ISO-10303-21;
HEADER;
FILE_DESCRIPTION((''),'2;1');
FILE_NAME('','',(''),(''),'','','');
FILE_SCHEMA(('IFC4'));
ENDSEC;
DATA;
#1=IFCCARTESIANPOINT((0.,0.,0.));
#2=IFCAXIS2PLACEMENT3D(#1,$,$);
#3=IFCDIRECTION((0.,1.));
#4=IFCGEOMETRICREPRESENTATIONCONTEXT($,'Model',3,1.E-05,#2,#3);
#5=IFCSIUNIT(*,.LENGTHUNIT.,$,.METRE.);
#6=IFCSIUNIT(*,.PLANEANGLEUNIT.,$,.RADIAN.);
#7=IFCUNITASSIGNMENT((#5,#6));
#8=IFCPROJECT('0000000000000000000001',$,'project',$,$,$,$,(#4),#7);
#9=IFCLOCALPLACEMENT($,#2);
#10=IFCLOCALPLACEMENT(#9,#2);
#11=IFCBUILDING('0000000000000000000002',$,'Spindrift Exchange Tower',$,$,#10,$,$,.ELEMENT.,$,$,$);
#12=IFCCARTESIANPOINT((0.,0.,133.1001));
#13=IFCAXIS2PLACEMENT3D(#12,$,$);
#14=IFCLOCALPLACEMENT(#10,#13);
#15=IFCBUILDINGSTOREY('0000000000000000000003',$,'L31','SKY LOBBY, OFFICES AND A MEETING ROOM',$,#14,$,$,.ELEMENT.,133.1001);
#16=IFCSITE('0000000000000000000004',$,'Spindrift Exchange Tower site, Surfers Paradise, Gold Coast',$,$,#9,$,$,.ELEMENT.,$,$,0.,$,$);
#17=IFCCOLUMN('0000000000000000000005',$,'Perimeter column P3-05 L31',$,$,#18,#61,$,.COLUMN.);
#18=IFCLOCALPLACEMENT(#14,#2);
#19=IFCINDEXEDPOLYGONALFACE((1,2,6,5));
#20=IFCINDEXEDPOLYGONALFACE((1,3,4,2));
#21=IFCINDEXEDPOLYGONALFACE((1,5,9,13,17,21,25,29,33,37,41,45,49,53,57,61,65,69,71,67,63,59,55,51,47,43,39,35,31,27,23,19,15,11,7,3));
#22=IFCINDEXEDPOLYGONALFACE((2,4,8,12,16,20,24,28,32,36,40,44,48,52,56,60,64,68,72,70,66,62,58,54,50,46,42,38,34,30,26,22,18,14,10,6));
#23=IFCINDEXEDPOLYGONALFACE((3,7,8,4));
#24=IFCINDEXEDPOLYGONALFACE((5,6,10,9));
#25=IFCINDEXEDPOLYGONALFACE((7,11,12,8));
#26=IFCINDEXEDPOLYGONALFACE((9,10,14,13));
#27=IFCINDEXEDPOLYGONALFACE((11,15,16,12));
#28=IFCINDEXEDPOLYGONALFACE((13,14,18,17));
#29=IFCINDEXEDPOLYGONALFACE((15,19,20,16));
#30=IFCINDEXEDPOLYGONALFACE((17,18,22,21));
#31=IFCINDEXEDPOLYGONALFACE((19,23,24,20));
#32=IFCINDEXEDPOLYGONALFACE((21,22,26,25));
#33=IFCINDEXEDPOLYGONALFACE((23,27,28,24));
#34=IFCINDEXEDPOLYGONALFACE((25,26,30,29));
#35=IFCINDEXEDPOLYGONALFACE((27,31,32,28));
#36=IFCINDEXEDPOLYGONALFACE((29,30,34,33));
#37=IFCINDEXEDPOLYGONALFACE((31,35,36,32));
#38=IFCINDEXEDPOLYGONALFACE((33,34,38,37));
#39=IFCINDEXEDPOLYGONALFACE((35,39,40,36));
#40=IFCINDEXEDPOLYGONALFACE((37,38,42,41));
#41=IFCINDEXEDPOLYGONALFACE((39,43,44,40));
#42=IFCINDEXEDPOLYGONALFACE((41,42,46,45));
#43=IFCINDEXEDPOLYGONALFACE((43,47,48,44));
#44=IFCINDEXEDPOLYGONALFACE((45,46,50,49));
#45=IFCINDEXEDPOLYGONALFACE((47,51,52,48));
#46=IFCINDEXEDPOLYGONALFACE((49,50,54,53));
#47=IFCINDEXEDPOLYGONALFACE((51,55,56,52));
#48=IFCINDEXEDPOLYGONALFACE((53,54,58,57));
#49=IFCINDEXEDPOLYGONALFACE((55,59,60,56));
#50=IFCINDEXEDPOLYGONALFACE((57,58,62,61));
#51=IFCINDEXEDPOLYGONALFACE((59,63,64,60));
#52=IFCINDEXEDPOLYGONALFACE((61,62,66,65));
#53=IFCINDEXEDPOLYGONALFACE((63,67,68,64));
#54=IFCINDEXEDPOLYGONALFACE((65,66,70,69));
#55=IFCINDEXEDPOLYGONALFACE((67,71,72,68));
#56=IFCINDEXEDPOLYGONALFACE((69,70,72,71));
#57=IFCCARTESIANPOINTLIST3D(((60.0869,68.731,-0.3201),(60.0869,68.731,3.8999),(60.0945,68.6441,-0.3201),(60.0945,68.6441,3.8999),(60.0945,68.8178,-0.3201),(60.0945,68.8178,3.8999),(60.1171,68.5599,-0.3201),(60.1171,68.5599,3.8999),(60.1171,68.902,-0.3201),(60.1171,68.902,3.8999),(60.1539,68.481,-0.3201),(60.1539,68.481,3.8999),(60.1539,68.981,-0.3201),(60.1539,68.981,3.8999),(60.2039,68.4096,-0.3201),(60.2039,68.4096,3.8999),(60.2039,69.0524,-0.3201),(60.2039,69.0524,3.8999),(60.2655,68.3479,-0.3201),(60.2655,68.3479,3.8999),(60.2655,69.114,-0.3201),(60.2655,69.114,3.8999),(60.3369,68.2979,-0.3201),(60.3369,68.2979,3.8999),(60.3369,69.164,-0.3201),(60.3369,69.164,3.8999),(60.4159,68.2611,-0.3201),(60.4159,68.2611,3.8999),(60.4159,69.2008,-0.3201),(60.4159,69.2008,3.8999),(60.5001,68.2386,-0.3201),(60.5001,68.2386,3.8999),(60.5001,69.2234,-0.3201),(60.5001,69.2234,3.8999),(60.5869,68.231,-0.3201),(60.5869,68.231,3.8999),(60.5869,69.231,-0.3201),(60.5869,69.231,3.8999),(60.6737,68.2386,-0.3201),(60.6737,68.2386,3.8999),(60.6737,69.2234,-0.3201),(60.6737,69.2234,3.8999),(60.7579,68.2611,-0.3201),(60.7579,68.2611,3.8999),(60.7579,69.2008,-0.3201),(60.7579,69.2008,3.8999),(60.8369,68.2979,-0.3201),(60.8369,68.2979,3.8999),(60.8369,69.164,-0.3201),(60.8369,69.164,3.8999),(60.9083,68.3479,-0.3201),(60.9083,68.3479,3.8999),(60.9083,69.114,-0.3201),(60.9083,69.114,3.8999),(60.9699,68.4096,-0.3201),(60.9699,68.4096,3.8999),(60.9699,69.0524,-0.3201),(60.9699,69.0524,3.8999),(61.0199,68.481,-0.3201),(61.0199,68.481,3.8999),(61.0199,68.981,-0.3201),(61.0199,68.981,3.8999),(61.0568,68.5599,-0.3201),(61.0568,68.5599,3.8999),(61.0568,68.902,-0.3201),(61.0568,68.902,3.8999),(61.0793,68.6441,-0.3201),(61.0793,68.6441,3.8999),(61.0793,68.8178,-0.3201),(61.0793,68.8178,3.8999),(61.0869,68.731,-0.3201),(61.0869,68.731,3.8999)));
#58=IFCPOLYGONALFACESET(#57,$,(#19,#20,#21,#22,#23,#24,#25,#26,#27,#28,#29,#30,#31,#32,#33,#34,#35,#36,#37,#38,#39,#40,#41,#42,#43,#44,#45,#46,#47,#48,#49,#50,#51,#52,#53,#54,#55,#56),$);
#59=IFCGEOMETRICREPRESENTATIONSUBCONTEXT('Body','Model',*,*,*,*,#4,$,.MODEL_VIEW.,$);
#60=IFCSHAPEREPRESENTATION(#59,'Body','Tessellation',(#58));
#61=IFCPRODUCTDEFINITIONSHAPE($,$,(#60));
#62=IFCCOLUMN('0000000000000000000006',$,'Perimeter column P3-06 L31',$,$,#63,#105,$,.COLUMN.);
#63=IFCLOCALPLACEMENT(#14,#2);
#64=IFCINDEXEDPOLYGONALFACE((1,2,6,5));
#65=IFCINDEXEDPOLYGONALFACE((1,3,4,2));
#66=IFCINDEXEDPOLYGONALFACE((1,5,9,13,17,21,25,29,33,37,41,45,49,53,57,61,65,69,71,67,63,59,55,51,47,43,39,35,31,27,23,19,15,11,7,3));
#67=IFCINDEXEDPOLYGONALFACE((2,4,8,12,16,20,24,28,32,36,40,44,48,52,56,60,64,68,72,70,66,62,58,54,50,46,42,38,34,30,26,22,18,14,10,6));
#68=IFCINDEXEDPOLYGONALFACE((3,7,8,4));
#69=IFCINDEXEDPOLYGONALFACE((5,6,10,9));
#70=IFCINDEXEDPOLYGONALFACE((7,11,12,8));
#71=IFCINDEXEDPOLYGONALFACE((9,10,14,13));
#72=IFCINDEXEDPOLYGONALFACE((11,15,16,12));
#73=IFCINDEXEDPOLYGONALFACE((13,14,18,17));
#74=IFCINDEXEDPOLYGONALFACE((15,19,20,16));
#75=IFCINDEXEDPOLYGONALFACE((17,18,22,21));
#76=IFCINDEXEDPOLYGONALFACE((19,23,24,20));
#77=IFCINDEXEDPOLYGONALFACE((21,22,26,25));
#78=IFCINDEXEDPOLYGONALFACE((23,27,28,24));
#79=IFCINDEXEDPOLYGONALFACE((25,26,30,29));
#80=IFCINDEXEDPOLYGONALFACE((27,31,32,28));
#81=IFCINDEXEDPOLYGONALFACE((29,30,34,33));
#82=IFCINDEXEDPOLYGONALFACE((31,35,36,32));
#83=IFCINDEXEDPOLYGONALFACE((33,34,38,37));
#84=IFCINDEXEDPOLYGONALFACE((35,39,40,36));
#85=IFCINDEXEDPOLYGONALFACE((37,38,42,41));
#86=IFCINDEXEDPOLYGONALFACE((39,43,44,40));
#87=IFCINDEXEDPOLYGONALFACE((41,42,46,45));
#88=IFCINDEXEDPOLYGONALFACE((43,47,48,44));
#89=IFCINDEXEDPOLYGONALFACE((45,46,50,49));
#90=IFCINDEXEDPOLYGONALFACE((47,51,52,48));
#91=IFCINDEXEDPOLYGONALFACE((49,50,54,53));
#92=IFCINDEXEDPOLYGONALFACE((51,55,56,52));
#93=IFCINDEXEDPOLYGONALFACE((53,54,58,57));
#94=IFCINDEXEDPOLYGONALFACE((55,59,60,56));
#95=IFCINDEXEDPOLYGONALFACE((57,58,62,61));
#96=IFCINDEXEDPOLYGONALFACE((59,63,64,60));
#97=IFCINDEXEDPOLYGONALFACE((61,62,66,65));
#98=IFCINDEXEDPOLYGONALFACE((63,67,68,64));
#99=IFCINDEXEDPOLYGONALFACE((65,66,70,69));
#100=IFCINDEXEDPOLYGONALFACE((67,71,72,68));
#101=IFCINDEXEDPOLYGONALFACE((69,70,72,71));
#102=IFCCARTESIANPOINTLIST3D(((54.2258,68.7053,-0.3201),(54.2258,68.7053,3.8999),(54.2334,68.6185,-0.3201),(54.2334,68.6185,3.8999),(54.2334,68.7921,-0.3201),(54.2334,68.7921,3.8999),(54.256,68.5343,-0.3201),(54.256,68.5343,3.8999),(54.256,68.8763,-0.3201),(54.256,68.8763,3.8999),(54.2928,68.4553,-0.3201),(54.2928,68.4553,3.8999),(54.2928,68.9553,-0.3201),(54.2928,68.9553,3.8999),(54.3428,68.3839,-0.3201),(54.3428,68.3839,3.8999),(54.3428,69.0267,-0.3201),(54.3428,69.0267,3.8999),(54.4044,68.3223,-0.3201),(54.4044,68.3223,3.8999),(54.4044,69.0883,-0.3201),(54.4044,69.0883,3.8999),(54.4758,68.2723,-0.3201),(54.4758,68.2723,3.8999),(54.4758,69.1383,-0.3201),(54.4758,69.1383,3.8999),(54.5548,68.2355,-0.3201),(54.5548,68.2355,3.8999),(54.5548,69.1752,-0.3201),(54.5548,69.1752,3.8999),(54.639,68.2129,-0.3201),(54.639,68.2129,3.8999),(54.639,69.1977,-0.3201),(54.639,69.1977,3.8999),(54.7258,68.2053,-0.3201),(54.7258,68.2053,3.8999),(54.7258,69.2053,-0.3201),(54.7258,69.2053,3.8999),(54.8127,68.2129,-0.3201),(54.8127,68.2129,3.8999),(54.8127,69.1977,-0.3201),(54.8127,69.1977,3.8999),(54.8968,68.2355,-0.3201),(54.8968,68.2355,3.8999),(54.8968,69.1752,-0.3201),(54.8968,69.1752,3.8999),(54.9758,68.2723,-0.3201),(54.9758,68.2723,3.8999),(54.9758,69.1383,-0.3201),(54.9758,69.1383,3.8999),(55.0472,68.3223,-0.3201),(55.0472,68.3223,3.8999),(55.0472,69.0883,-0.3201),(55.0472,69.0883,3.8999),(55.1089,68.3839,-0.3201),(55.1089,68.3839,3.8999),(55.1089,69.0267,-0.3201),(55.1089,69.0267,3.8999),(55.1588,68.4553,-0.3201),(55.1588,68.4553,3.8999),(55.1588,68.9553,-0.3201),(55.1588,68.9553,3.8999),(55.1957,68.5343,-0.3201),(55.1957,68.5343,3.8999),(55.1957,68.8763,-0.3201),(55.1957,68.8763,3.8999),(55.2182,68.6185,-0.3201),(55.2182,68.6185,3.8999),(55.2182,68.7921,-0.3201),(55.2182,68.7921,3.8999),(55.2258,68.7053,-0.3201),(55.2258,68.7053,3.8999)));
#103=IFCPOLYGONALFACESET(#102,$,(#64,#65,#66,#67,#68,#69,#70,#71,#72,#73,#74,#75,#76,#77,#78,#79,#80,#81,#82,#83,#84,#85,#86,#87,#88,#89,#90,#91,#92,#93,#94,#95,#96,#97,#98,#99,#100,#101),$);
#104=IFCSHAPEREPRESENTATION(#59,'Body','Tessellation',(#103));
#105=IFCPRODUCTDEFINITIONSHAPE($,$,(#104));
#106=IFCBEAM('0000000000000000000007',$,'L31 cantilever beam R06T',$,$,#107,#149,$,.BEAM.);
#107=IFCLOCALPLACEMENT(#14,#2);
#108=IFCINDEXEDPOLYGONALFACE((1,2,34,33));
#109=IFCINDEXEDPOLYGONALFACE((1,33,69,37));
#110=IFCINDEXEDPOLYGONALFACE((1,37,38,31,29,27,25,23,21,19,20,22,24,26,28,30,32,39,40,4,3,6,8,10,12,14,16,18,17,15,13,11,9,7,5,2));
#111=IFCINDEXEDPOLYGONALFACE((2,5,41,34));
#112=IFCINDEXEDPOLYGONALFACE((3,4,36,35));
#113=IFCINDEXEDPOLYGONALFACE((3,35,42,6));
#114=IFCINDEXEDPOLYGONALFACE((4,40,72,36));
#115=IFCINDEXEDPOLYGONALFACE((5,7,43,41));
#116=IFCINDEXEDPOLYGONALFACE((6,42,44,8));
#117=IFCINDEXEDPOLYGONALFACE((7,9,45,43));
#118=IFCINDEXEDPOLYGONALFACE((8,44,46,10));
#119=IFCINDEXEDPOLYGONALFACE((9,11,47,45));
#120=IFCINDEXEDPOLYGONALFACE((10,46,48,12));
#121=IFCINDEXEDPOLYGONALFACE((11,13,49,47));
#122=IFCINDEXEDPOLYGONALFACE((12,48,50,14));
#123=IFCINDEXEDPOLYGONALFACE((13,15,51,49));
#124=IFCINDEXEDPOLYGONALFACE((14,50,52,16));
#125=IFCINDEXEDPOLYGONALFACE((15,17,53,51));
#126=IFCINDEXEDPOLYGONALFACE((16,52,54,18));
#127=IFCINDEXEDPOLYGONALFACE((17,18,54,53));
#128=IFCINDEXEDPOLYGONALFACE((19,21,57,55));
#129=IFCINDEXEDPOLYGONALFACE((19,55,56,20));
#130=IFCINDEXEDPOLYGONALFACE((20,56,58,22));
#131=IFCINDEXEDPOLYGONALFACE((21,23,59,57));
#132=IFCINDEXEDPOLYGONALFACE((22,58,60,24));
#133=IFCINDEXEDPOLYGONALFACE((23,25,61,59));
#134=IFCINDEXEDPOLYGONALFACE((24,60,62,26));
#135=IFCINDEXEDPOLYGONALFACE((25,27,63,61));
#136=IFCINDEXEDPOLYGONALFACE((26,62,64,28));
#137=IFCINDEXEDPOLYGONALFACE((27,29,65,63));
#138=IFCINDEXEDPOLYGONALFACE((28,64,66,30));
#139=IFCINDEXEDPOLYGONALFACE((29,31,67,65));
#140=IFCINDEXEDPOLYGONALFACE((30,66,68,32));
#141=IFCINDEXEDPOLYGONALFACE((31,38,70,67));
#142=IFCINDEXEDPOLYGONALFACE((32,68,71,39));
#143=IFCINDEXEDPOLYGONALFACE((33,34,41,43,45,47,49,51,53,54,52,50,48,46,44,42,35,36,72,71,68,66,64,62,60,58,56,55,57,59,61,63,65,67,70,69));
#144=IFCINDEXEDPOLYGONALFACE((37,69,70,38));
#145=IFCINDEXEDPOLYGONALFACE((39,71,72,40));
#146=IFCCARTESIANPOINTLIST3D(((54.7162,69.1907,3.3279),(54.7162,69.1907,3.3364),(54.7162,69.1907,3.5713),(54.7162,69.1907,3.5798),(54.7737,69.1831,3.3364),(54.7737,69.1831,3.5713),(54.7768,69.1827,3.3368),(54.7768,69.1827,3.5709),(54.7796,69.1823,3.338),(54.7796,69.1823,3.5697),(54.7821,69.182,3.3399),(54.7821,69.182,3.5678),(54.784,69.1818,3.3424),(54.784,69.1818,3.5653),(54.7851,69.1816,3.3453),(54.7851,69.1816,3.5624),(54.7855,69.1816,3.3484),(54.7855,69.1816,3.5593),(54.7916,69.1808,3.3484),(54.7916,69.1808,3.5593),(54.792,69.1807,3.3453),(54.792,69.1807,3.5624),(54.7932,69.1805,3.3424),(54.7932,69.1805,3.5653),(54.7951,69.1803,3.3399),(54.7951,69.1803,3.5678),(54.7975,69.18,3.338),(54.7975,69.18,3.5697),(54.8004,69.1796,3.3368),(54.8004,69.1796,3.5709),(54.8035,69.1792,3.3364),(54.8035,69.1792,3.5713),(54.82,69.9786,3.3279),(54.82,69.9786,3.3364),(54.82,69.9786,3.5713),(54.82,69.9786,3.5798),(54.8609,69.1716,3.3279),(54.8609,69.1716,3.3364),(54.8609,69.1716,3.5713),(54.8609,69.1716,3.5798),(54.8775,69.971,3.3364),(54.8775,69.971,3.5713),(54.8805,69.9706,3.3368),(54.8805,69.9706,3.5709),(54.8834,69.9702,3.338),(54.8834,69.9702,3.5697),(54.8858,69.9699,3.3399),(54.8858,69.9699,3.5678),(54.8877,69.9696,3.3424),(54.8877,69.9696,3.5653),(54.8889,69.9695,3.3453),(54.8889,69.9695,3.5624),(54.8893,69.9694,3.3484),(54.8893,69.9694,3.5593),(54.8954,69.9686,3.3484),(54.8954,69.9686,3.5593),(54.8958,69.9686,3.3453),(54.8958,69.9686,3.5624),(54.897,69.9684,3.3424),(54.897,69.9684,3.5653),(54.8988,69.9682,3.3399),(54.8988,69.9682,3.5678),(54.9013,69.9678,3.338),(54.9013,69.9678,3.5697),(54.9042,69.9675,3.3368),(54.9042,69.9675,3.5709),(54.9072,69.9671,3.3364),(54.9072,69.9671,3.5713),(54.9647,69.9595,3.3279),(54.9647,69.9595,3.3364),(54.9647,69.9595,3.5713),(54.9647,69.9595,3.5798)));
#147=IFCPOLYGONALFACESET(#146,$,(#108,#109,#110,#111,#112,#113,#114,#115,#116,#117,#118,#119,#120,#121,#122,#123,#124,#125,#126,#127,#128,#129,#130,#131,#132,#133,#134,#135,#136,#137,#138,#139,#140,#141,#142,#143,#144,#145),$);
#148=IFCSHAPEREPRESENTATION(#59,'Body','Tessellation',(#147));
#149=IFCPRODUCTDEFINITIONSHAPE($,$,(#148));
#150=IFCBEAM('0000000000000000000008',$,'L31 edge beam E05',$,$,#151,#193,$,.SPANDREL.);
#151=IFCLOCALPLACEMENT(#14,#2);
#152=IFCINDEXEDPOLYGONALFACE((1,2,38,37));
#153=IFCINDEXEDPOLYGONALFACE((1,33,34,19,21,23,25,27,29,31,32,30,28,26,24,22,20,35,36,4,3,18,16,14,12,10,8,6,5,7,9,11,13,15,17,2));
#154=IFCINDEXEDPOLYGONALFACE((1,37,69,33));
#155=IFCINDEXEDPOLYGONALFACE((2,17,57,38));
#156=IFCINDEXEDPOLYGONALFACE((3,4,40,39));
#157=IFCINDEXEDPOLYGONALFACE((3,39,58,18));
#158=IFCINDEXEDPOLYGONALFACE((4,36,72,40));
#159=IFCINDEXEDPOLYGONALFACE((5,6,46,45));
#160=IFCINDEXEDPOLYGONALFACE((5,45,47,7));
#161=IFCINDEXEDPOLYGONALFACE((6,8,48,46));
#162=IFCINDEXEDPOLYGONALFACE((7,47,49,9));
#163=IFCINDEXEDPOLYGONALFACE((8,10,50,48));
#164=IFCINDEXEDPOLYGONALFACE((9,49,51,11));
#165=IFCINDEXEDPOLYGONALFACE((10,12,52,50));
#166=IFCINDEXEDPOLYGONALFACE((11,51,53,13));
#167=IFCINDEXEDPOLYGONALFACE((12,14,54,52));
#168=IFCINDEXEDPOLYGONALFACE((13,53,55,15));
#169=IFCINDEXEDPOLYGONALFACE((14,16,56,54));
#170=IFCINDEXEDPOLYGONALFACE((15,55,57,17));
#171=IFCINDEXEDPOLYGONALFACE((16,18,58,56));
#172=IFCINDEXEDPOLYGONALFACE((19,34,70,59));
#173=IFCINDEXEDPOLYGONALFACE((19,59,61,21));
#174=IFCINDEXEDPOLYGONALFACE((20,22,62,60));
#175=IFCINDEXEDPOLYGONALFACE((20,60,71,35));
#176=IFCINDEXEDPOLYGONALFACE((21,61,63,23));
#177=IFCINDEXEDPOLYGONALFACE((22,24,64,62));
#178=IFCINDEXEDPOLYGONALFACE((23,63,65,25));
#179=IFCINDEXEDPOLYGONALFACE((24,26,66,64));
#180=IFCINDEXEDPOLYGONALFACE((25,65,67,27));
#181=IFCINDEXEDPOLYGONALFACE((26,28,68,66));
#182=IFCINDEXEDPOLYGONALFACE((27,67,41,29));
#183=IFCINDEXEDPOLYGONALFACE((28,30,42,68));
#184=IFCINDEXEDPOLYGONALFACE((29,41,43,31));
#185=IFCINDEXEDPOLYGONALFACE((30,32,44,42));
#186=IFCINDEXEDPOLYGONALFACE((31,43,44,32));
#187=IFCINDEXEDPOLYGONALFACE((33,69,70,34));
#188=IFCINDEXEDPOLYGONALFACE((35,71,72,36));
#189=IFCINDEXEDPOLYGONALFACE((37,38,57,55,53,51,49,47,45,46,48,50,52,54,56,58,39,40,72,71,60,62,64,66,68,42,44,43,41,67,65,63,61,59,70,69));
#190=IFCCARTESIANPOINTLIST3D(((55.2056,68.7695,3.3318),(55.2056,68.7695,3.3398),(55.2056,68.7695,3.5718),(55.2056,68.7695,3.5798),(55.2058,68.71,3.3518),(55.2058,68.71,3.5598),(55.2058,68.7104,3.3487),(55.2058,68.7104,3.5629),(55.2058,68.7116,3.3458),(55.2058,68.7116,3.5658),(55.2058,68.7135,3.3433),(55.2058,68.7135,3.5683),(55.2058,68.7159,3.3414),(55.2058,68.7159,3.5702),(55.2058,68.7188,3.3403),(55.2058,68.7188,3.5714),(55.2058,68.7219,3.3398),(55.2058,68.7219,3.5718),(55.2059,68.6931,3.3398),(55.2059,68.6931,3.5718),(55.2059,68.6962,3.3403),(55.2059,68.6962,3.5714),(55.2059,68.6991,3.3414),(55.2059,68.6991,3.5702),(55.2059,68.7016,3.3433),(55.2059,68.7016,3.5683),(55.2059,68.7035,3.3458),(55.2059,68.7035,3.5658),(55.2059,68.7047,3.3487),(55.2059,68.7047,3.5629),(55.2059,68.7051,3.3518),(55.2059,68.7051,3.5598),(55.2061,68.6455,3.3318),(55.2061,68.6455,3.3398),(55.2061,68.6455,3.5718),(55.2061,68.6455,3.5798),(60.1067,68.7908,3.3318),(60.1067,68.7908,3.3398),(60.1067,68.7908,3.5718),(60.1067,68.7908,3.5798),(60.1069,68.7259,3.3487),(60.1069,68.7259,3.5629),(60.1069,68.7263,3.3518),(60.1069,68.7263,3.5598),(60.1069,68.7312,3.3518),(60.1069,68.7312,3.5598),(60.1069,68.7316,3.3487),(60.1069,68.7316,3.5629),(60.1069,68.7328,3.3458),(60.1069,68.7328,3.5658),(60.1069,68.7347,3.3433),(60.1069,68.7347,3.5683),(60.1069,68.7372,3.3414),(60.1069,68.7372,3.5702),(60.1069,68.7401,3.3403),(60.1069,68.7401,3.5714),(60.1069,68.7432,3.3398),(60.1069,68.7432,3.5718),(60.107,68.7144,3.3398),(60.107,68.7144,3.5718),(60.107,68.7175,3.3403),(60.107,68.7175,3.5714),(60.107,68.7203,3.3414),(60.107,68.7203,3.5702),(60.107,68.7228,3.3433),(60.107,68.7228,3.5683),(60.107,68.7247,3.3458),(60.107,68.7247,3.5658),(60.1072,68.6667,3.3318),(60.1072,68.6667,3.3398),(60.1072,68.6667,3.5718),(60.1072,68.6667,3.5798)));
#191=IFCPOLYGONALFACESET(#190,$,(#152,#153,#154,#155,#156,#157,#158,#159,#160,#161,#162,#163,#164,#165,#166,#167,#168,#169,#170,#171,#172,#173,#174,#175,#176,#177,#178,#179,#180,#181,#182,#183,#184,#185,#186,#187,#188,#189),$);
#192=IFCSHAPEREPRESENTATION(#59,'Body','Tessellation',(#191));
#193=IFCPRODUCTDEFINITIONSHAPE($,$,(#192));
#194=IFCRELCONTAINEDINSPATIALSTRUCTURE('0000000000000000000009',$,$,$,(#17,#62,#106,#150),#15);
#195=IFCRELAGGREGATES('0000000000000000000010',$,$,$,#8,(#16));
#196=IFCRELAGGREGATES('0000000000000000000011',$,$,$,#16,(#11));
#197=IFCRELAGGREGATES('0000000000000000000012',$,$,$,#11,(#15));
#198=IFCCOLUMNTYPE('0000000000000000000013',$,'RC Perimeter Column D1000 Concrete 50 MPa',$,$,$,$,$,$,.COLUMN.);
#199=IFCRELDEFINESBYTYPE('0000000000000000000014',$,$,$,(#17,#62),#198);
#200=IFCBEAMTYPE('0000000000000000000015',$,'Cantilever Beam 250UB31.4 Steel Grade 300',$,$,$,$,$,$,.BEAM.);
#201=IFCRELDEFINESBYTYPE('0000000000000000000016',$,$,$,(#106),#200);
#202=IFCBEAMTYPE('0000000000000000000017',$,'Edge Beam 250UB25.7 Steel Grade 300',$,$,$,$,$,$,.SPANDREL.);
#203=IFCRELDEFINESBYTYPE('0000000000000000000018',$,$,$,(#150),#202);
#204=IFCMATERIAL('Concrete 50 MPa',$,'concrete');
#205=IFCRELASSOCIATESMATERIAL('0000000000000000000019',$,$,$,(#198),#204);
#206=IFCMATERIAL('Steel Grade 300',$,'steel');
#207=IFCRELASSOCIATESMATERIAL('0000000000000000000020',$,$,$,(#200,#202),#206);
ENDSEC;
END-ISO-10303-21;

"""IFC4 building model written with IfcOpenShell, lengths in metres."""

from ifc_helpers import new_model, si_unit, direction, frame, origin, origin_2d, place, context, subcontext, project, spatial, circle, i_section, extrude, source, transform, mapped, material, material_profile, profile_set, type_object, element, save


model = new_model("IFC4")

# Units and contexts
model_context = context("Model", 3, precision=1e-05, world=origin(), true_north=direction((0.0, 1.0)))
body_context = subcontext(model_context, "Body", "Model", "MODEL_VIEW")
ifc_project = project(units=[si_unit("LENGTHUNIT", "METRE"), si_unit("PLANEANGLEUNIT", "RADIAN")], contexts=[model_context])

# Site, building, storey
site_placement = place(None, origin())
site = spatial("IfcSite", under=ifc_project, at=site_placement, Name="Spindrift Exchange Tower site, Surfers Paradise, Gold Coast", CompositionType="ELEMENT", RefElevation=0.0)
building_placement = place(site_placement, origin())
building = spatial("IfcBuilding", under=site, at=building_placement, Name="Spindrift Exchange Tower", CompositionType="ELEMENT")
storey_placement = place(building_placement, frame((0.0, 0.0, 133.1001)))
storey = spatial("IfcBuildingStorey", under=building, at=storey_placement, Name="L31", Description="SKY LOBBY, OFFICES AND A MEETING ROOM", CompositionType="ELEMENT", Elevation=133.1001)

# Columns
ifc_material_1 = material(Name="Concrete 50 MPa", Category="concrete")
ifc_material_profile_1 = material_profile(ifc_material_1, circle(Radius=0.5, at=origin_2d()), Name="RC D1000")
ifc_profile_set_1 = profile_set([ifc_material_profile_1], Name="Concrete 50 MPa")
column_type = type_object("IfcColumnType", Name="RC Perimeter Column D1000 Concrete 50 MPa", PredefinedType="COLUMN", material=ifc_profile_set_1)
shared_shape_1 = source(origin(), body_context, "Body", "SweptSolid", [
    extrude(circle(Radius=0.5, at=origin_2d()), origin(), (0.0, 0.0, 1.0), 4.22),
])
for number, where, z_axis, x_axis, name in (
    (1, (60.5869, 68.731, -0.3201), (0.0, 0.0, 1.0), (1.0, 0.0, 0.0), "Perimeter column P3-05 L31"),
    (2, (54.7258, 68.7053, -0.3201), (0.0, 0.0, 1.0), (1.0, 0.0, 0.0), "Perimeter column P3-06 L31"),
):
    element("IfcColumn", number, at=place(storey_placement, frame(where, z_axis=z_axis, x_axis=x_axis)), inside=storey, type_object=column_type, Name=name, PredefinedType="COLUMN", context=body_context, shape_type="MappedRepresentation", body=[
        mapped(shared_shape_1, transform((0.0, 0.0, 0.0), scale=1.0)),
    ])

# Beams
ifc_material_2 = material(Name="Steel Grade 300", Category="steel")
ifc_material_profile_2 = material_profile(ifc_material_2, i_section(OverallWidth=0.146, OverallDepth=0.252, WebThickness=0.0061, FlangeThickness=0.0085, FilletRadius=0.012, at=origin_2d()), Name="250UB31.4")
ifc_profile_set_2 = profile_set([ifc_material_profile_2], Name="Steel Grade 300")
beam_type_1 = type_object("IfcBeamType", Name="Cantilever Beam 250UB31.4 Steel Grade 300", PredefinedType="BEAM", material=ifc_profile_set_2)
shared_shape_2 = source(origin(), body_context, "Body", "SweptSolid", [
    extrude(i_section(OverallWidth=0.146, OverallDepth=0.252, WebThickness=0.0061, FlangeThickness=0.0085, FilletRadius=0.012, at=origin_2d()), origin(), (0.0, 0.0, 1.0), 0.7947),
])
beam_1_placement = place(storey_placement, frame((54.7886, 69.1812, 3.4539), z_axis=(0.130574, 0.991439, 0.0), x_axis=(-0.991439, 0.130574, 0.0)))
element("IfcBeam", 3, at=beam_1_placement, inside=storey, type_object=beam_type_1, Name="L31 cantilever beam R06T", PredefinedType="BEAM", context=body_context, shape_type="MappedRepresentation", body=[
    mapped(shared_shape_2, transform((0.0, 0.0, 0.0), scale=1.0)),
])
ifc_material_profile_3 = material_profile(ifc_material_2, i_section(OverallWidth=0.124, OverallDepth=0.248, WebThickness=0.0049, FlangeThickness=0.0081, FilletRadius=0.012, at=origin_2d()), Name="250UB25.7")
ifc_profile_set_3 = profile_set([ifc_material_profile_3], Name="Steel Grade 300")
beam_type_2 = type_object("IfcBeamType", Name="Edge Beam 250UB25.7 Steel Grade 300", PredefinedType="SPANDREL", material=ifc_profile_set_3)
shared_shape_3 = source(origin(), body_context, "Body", "SweptSolid", [
    extrude(i_section(OverallWidth=0.124, OverallDepth=0.248, WebThickness=0.0049, FlangeThickness=0.0081, FilletRadius=0.012, at=origin_2d()), origin(), (0.0, 0.0, 1.0), 4.9011),
])
beam_2_placement = place(storey_placement, frame((60.1069, 68.7288, 3.4558), z_axis=(-0.999991, -0.004334, 0.0), x_axis=(0.004334, -0.999991, 0.0)))
element("IfcBeam", 4, at=beam_2_placement, inside=storey, type_object=beam_type_2, Name="L31 edge beam E05", PredefinedType="SPANDREL", context=body_context, shape_type="MappedRepresentation", body=[
    mapped(shared_shape_3, transform((0.0, 0.0, 0.0), scale=1.0)),
])

save(model, "model.ifc")
